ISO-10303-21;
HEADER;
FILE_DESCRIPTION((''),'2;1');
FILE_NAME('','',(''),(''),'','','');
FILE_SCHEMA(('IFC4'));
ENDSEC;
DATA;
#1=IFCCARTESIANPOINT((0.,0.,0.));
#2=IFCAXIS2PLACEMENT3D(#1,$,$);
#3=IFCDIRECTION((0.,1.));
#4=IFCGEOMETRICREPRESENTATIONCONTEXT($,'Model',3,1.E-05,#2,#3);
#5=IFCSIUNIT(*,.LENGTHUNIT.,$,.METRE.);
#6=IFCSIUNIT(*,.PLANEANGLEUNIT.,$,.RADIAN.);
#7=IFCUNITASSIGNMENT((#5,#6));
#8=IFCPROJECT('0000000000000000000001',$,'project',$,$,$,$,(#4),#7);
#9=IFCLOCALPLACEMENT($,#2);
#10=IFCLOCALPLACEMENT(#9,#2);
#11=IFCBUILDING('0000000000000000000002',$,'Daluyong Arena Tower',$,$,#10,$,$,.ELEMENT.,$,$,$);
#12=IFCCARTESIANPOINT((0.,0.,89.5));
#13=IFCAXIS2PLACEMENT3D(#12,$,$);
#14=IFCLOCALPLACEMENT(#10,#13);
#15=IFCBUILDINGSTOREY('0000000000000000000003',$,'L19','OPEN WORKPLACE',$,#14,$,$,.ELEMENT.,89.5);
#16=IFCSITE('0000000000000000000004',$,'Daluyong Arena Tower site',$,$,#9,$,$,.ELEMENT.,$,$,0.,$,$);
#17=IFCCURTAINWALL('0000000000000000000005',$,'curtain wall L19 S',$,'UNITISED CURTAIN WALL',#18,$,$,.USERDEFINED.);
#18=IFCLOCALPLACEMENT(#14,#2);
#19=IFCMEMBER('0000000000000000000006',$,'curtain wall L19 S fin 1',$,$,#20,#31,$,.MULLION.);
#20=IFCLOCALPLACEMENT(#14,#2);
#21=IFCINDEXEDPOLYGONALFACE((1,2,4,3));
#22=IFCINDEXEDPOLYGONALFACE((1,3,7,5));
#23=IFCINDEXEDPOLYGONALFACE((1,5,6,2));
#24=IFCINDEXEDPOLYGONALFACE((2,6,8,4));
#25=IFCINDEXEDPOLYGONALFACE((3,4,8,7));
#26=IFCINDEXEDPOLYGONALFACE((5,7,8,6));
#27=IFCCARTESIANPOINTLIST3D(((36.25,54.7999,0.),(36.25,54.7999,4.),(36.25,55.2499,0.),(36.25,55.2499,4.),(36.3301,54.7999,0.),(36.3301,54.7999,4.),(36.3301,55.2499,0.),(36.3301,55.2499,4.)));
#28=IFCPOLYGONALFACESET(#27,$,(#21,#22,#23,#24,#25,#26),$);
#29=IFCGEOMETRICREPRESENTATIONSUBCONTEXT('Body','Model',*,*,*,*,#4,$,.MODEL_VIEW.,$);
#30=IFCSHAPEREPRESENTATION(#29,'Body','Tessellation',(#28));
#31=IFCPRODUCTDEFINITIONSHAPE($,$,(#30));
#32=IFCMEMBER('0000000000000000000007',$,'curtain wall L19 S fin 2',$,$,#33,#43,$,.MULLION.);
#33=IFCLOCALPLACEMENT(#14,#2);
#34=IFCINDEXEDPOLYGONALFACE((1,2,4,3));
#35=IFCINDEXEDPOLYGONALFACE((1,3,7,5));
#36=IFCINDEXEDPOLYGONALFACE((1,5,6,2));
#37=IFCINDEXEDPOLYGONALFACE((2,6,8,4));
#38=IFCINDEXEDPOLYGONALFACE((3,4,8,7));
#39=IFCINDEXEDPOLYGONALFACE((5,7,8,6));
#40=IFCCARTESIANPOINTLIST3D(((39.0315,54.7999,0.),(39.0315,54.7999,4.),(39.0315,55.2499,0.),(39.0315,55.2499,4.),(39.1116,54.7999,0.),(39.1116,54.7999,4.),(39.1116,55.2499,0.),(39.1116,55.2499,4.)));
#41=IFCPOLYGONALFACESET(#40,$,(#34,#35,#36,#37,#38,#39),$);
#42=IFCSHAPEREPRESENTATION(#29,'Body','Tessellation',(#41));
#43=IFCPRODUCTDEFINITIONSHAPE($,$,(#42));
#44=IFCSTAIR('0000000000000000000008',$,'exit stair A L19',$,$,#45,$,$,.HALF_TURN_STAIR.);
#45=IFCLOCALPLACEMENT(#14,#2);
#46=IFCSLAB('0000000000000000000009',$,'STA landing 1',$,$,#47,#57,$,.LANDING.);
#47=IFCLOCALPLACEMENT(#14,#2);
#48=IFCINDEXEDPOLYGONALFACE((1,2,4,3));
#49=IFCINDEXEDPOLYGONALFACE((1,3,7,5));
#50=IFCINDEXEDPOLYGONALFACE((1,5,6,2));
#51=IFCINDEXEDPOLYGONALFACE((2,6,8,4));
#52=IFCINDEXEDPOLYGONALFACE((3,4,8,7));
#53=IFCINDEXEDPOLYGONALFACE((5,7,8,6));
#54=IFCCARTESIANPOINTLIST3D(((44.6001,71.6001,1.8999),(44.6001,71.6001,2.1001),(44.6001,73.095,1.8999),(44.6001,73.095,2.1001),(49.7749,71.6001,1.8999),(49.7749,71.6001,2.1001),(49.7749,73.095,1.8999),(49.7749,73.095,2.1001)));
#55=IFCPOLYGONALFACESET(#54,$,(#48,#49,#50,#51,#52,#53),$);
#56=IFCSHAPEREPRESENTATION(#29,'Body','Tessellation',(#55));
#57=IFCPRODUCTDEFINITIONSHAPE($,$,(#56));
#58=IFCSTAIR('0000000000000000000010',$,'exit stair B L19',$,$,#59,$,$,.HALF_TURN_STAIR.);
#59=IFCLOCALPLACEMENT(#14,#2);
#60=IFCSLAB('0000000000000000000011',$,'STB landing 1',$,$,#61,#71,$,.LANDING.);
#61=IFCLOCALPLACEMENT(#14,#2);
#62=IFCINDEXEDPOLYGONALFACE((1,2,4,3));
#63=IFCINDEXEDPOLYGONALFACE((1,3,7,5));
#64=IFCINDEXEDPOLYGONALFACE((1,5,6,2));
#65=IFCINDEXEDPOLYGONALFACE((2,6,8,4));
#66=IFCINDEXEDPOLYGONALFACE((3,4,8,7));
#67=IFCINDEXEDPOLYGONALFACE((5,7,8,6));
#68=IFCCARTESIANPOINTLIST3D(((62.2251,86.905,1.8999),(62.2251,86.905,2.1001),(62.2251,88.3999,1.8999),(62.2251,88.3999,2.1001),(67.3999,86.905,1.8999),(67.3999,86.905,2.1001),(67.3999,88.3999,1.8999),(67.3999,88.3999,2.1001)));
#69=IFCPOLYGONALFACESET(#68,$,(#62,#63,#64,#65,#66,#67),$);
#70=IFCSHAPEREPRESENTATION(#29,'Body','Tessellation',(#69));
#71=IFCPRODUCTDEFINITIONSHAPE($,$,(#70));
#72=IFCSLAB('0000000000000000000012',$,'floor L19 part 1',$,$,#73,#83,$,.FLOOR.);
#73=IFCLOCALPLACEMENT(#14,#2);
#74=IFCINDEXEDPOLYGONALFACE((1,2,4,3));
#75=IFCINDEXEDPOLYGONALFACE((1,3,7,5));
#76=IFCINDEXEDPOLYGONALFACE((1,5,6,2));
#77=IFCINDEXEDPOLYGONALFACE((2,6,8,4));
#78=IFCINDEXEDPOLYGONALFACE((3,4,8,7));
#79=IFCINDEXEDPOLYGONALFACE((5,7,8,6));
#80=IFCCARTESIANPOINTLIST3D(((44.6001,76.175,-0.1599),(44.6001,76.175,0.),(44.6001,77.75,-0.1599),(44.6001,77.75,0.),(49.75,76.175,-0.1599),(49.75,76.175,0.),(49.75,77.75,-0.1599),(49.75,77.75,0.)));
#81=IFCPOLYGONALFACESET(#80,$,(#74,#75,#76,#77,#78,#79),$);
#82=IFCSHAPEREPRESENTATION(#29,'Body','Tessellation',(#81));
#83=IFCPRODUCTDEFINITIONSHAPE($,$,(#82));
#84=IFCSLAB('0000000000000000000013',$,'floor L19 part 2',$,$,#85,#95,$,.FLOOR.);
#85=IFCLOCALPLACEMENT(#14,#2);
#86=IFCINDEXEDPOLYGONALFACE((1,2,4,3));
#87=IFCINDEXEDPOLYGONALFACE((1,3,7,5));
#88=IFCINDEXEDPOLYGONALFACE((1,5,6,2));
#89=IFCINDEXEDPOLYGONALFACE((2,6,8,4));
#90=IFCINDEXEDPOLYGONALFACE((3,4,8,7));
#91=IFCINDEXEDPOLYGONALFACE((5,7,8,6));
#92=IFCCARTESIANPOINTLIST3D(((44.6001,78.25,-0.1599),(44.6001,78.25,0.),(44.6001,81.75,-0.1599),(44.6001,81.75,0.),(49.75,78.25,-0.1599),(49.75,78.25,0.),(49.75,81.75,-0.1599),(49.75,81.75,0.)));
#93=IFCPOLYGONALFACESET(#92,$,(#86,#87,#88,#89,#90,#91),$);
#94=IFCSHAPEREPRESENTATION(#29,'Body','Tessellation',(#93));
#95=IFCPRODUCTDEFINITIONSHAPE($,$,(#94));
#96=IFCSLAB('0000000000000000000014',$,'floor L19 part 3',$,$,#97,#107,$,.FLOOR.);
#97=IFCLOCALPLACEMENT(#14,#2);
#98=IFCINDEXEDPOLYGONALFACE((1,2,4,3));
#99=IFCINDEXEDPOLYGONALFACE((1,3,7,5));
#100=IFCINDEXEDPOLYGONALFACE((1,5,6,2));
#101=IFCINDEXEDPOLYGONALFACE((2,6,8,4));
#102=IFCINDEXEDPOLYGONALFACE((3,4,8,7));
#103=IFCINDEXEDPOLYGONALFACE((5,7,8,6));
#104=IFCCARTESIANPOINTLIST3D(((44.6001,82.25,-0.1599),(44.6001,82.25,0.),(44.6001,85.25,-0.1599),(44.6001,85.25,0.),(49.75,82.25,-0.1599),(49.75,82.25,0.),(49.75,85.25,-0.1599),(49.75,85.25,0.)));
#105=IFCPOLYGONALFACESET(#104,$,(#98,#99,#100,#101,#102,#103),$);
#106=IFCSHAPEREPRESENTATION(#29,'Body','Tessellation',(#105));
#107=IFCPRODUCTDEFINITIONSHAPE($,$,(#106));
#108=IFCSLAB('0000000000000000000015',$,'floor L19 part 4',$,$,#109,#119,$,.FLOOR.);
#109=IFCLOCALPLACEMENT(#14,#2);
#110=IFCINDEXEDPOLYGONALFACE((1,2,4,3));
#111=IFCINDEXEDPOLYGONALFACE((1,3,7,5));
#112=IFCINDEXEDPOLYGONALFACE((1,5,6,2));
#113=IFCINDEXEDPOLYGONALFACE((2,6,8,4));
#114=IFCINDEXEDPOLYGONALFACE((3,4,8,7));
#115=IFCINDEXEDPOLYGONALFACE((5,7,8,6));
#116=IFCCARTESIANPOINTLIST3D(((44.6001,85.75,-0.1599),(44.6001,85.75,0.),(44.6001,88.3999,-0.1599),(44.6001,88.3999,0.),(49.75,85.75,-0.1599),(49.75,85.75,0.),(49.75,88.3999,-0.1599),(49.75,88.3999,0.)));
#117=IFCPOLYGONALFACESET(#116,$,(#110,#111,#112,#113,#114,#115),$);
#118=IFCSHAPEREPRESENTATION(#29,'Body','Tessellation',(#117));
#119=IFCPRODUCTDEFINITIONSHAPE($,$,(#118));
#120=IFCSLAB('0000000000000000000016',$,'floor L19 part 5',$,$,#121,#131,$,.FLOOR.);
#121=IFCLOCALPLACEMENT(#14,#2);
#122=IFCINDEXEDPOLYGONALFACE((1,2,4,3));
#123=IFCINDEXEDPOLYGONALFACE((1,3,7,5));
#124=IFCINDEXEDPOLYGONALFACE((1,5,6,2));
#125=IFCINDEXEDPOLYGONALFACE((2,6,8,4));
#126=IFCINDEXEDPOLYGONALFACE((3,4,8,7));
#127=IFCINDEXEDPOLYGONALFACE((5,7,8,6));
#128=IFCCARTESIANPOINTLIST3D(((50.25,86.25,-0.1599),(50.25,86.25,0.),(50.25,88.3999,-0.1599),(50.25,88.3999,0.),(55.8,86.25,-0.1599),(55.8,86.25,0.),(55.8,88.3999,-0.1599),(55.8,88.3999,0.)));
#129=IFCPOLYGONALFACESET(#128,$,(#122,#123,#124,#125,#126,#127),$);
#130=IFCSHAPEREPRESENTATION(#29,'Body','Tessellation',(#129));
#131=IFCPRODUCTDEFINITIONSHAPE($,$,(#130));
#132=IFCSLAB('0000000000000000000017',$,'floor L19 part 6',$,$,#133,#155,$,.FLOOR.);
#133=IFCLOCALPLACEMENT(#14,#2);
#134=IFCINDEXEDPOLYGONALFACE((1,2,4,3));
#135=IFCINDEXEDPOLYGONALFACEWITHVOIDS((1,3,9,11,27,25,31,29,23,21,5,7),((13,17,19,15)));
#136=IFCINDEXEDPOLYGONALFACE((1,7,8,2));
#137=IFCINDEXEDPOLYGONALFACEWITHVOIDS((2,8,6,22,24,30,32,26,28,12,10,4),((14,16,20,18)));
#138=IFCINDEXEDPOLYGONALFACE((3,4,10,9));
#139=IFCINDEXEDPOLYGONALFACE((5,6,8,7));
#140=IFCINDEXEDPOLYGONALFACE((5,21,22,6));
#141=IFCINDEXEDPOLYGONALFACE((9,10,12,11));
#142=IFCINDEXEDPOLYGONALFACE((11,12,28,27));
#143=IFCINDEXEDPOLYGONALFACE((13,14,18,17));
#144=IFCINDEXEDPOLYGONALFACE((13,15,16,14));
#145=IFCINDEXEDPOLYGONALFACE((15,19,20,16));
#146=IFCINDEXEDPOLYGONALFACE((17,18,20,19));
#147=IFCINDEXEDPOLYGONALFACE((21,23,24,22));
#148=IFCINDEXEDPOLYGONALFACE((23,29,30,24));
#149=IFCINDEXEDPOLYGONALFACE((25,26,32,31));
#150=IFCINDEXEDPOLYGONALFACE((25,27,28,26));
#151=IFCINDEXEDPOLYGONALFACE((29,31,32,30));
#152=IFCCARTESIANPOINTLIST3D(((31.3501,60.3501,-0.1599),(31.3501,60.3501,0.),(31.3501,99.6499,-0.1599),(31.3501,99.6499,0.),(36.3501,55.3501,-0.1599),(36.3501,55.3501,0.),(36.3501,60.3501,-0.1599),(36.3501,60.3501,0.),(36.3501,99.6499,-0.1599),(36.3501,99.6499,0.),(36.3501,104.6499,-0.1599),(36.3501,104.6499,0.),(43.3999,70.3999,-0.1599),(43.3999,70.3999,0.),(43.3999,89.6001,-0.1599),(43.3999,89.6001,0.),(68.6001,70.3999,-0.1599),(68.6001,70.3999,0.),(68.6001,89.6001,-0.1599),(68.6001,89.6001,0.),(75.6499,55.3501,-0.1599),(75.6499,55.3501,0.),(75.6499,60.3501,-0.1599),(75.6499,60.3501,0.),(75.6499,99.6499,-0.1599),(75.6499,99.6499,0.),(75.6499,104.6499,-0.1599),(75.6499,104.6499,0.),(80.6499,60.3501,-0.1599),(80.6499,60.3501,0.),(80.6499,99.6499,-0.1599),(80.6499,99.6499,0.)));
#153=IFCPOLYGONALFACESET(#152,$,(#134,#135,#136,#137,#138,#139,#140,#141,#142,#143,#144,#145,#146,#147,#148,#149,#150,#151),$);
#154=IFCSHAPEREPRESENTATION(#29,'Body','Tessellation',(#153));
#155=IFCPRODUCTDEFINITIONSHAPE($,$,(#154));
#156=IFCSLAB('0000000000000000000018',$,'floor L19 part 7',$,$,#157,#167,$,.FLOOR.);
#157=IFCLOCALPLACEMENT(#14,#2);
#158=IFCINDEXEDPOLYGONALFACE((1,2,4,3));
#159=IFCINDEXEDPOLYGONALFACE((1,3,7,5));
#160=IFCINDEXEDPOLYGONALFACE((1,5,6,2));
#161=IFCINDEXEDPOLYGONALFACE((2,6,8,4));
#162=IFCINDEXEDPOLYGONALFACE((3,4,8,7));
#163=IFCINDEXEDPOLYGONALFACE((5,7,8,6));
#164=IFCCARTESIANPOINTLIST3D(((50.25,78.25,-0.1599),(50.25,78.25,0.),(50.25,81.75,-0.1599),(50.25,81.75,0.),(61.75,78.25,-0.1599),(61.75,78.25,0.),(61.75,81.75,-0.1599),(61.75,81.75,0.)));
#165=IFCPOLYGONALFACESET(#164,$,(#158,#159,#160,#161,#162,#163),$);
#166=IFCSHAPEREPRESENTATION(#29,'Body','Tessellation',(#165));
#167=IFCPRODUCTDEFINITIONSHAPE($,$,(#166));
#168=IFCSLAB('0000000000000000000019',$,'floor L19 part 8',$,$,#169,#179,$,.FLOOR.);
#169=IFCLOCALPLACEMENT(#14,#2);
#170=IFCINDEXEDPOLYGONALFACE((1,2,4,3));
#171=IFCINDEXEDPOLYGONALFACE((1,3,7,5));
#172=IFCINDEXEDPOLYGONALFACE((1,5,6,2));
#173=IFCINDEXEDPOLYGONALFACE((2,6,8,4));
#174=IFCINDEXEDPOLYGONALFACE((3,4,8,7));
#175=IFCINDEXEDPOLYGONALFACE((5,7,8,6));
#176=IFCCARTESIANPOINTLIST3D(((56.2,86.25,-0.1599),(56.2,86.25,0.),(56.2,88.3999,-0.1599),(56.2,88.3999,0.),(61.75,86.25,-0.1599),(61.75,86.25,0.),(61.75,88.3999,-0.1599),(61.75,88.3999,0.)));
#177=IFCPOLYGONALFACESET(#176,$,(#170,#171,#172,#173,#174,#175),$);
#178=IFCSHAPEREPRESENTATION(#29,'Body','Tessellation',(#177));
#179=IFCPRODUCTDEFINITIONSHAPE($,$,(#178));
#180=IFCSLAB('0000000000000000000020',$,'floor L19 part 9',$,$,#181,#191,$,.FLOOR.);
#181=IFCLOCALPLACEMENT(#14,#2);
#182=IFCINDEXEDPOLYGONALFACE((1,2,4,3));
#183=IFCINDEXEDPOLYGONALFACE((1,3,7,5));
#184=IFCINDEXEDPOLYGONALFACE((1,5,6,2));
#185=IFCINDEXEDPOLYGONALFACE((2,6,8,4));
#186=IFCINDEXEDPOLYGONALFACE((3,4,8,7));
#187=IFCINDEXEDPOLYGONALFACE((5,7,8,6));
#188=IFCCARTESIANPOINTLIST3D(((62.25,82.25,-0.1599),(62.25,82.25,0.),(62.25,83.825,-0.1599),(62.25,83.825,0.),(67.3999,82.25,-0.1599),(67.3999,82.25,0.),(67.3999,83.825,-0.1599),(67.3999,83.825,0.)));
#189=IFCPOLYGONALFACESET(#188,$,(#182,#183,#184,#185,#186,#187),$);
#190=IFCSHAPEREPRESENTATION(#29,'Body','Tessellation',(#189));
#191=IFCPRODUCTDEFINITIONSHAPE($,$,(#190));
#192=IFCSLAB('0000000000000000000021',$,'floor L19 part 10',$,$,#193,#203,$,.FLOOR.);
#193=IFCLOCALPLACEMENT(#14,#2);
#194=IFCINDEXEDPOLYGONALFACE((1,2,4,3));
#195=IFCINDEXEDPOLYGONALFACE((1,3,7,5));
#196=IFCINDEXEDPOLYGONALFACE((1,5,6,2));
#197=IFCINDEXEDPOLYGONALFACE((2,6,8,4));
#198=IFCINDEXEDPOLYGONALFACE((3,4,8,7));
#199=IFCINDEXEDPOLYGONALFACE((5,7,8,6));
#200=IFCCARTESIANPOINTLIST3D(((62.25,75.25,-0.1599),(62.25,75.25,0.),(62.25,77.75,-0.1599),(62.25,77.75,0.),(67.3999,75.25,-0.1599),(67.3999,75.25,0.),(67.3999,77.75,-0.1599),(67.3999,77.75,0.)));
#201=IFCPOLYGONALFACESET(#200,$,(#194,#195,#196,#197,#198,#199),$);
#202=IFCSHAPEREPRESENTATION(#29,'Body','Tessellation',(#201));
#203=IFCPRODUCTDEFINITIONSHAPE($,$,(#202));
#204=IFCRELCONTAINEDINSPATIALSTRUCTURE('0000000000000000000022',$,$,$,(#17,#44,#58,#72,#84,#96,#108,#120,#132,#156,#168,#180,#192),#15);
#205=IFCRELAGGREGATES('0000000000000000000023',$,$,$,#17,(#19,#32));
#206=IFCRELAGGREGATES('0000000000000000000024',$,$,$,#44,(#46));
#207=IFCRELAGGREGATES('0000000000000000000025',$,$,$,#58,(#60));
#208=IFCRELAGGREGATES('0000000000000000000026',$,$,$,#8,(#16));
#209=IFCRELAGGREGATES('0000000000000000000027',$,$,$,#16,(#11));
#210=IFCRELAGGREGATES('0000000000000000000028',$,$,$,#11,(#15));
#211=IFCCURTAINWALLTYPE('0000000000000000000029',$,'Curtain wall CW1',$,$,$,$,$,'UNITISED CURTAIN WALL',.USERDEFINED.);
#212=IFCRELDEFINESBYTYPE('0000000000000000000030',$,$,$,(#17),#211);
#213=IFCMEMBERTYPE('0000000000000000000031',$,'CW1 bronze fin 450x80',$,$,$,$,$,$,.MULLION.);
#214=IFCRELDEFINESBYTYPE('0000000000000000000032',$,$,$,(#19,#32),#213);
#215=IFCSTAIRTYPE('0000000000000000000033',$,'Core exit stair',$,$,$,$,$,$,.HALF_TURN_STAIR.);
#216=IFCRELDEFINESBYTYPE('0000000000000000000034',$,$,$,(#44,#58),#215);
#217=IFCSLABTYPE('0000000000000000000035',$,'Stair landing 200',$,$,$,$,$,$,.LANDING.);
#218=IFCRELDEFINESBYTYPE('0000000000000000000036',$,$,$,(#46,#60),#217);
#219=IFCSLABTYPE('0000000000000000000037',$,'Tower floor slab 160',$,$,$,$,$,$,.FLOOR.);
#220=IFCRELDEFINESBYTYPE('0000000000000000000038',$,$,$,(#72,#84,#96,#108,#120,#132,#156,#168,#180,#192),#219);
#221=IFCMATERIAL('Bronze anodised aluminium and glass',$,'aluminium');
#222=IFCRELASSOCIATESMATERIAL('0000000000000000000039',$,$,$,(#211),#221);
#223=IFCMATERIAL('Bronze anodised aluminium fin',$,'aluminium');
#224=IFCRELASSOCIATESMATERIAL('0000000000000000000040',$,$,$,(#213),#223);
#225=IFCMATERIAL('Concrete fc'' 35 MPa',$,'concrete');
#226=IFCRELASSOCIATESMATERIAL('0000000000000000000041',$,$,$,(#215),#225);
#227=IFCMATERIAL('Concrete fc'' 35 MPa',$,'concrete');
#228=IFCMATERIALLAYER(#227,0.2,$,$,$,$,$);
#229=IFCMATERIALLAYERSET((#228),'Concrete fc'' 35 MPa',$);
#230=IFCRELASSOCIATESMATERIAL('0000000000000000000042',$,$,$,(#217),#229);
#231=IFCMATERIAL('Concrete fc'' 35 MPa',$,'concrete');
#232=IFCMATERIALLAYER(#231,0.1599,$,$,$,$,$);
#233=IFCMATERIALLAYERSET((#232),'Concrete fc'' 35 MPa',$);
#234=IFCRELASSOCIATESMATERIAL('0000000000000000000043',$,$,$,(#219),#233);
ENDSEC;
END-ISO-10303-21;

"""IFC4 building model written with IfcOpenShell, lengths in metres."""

from ifc_helpers import new_model, si_unit, direction, frame, origin, origin_2d, place, context, subcontext, project, spatial, polyline, rectangle, outline, extrude, material, layer, layer_set, material_profile, profile_set, type_object, element, aggregate, save


model = new_model("IFC4")

# Units and contexts
model_context = context("Model", 3, precision=1e-05, world=origin(), true_north=direction((0.0, 1.0)))
body_context = subcontext(model_context, "Body", "Model", "MODEL_VIEW")
ifc_project = project(units=[si_unit("LENGTHUNIT", "METRE"), si_unit("PLANEANGLEUNIT", "RADIAN")], contexts=[model_context])

# Site, building, storey
site_placement = place(None, origin())
site = spatial("IfcSite", under=ifc_project, at=site_placement, Name="Daluyong Arena Tower site", CompositionType="ELEMENT", RefElevation=0.0)
building_placement = place(site_placement, origin())
building = spatial("IfcBuilding", under=site, at=building_placement, Name="Daluyong Arena Tower", CompositionType="ELEMENT")
storey_placement = place(building_placement, frame((0.0, 0.0, 89.5)))
storey = spatial("IfcBuildingStorey", under=building, at=storey_placement, Name="L19", Description="OPEN WORKPLACE", CompositionType="ELEMENT", Elevation=89.5)

# Curtain wall, members
ifc_material_1 = material(Name="Bronze anodised aluminium and glass", Category="aluminium")
curtain_wall_type = type_object("IfcCurtainWallType", Name="Curtain wall CW1", ElementType="UNITISED CURTAIN WALL", PredefinedType="USERDEFINED", material=ifc_material_1)
curtain_wall_placement = place(storey_placement, origin())
curtain_wall = element("IfcCurtainWall", 1, at=curtain_wall_placement, inside=storey, type_object=curtain_wall_type, Name="curtain wall L19 S", ObjectType="UNITISED CURTAIN WALL", PredefinedType="USERDEFINED")
ifc_material_2 = material(Name="Bronze anodised aluminium fin", Category="aluminium")
ifc_material_profile = material_profile(ifc_material_2, rectangle(XDim=0.45, YDim=0.0801, at=origin_2d()))
ifc_profile_set = profile_set([ifc_material_profile], Name="Bronze anodised aluminium fin")
member_type = type_object("IfcMemberType", Name="CW1 bronze fin 450x80", PredefinedType="MULLION", material=ifc_profile_set)
member_1_placement = place(storey_placement, frame((36.29, 55.0249, 0.0), z_axis=(0.0, 0.0, 1.0), x_axis=(0.0, 1.0, 0.0)))
member_1 = element("IfcMember", 2, at=member_1_placement, type_object=member_type, Name="curtain wall L19 S fin 1", PredefinedType="MULLION", context=body_context, shape_type="SweptSolid", body=[
    extrude(rectangle(XDim=0.45, YDim=0.0801, at=origin_2d()), origin(), (0.0, 0.0, 1.0), 4.0),
])
member_2_placement = place(storey_placement, frame((39.0715, 55.0249, 0.0), z_axis=(0.0, 0.0, 1.0), x_axis=(0.0, 1.0, 0.0)))
member_2 = element("IfcMember", 3, at=member_2_placement, type_object=member_type, Name="curtain wall L19 S fin 2", PredefinedType="MULLION", context=body_context, shape_type="SweptSolid", body=[
    extrude(rectangle(XDim=0.45, YDim=0.0801, at=origin_2d()), origin(), (0.0, 0.0, 1.0), 4.0),
])
aggregate(curtain_wall, [member_1, member_2])

# Stairs, slabs
ifc_material_3 = material(Name="Concrete fc' 35 MPa", Category="concrete")
stair_type = type_object("IfcStairType", Name="Core exit stair", PredefinedType="HALF_TURN_STAIR", material=ifc_material_3)
stair_1_placement = place(storey_placement, origin())
stair_1 = element("IfcStair", 4, at=stair_1_placement, inside=storey, type_object=stair_type, Name="exit stair A L19", PredefinedType="HALF_TURN_STAIR")
ifc_material_4 = material(Name="Concrete fc' 35 MPa", Category="concrete")
ifc_layer_1 = layer(ifc_material_4, 0.2)
ifc_layer_set_1 = layer_set([ifc_layer_1], Name="Concrete fc' 35 MPa")
slab_type_1 = type_object("IfcSlabType", Name="Stair landing 200", PredefinedType="LANDING", material=ifc_layer_set_1)
slab_1_placement = place(storey_placement, frame((0.0, 0.0, 1.8999)))
slab_1 = element("IfcSlab", 5, at=slab_1_placement, type_object=slab_type_1, Name="STA landing 1", PredefinedType="LANDING", context=body_context, shape_type="SweptSolid", body=[
    extrude(outline(polyline([(44.6001, 71.6001), (49.7749, 71.6001), (49.7749, 73.095), (44.6001, 73.095), (44.6001, 71.6001)])), origin(), (0.0, 0.0, 1.0), 0.2002),
])
aggregate(stair_1, [slab_1])
stair_2_placement = place(storey_placement, origin())
stair_2 = element("IfcStair", 6, at=stair_2_placement, inside=storey, type_object=stair_type, Name="exit stair B L19", PredefinedType="HALF_TURN_STAIR")
slab_2_placement = place(storey_placement, frame((0.0, 0.0, 1.8999)))
slab_2 = element("IfcSlab", 7, at=slab_2_placement, type_object=slab_type_1, Name="STB landing 1", PredefinedType="LANDING", context=body_context, shape_type="SweptSolid", body=[
    extrude(outline(polyline([(62.2251, 86.905), (67.3999, 86.905), (67.3999, 88.3999), (62.2251, 88.3999), (62.2251, 86.905)])), origin(), (0.0, 0.0, 1.0), 0.2002),
])
aggregate(stair_2, [slab_2])

# Slabs
ifc_material_5 = material(Name="Concrete fc' 35 MPa", Category="concrete")
ifc_layer_2 = layer(ifc_material_5, 0.1599)
ifc_layer_set_2 = layer_set([ifc_layer_2], Name="Concrete fc' 35 MPa")
slab_type_2 = type_object("IfcSlabType", Name="Tower floor slab 160", PredefinedType="FLOOR", material=ifc_layer_set_2)
slab_3_placement = place(storey_placement, frame((0.0, 0.0, -0.1599)))
element("IfcSlab", 8, at=slab_3_placement, inside=storey, type_object=slab_type_2, Name="floor L19 part 1", PredefinedType="FLOOR", context=body_context, shape_type="SweptSolid", body=[
    extrude(outline(polyline([(49.75, 76.175), (49.75, 77.75), (44.6001, 77.75), (44.6001, 76.175), (49.75, 76.175)])), origin(), (0.0, 0.0, 1.0), 0.1599),
])
slab_4_placement = place(storey_placement, frame((0.0, 0.0, -0.1599)))
element("IfcSlab", 9, at=slab_4_placement, inside=storey, type_object=slab_type_2, Name="floor L19 part 2", PredefinedType="FLOOR", context=body_context, shape_type="SweptSolid", body=[
    extrude(outline(polyline([(49.75, 78.25), (49.75, 81.75), (44.6001, 81.75), (44.6001, 78.25), (49.75, 78.25)])), origin(), (0.0, 0.0, 1.0), 0.1599),
])
slab_5_placement = place(storey_placement, frame((0.0, 0.0, -0.1599)))
element("IfcSlab", 10, at=slab_5_placement, inside=storey, type_object=slab_type_2, Name="floor L19 part 3", PredefinedType="FLOOR", context=body_context, shape_type="SweptSolid", body=[
    extrude(outline(polyline([(49.75, 82.25), (49.75, 85.25), (44.6001, 85.25), (44.6001, 82.25), (49.75, 82.25)])), origin(), (0.0, 0.0, 1.0), 0.1599),
])
slab_6_placement = place(storey_placement, frame((0.0, 0.0, -0.1599)))
element("IfcSlab", 11, at=slab_6_placement, inside=storey, type_object=slab_type_2, Name="floor L19 part 4", PredefinedType="FLOOR", context=body_context, shape_type="SweptSolid", body=[
    extrude(outline(polyline([(44.6001, 88.3999), (44.6001, 85.75), (49.75, 85.75), (49.75, 88.3999), (44.6001, 88.3999)])), origin(), (0.0, 0.0, 1.0), 0.1599),
])
slab_7_placement = place(storey_placement, frame((0.0, 0.0, -0.1599)))
element("IfcSlab", 12, at=slab_7_placement, inside=storey, type_object=slab_type_2, Name="floor L19 part 5", PredefinedType="FLOOR", context=body_context, shape_type="SweptSolid", body=[
    extrude(outline(polyline([(50.25, 88.3999), (50.25, 86.25), (55.8, 86.25), (55.8, 88.3999), (50.25, 88.3999)])), origin(), (0.0, 0.0, 1.0), 0.1599),
])
slab_8_placement = place(storey_placement, frame((0.0, 0.0, -0.1599)))
element("IfcSlab", 13, at=slab_8_placement, inside=storey, type_object=slab_type_2, Name="floor L19 part 6", PredefinedType="FLOOR", context=body_context, shape_type="SweptSolid", body=[
    extrude(outline(polyline([(36.3501, 60.3501), (36.3501, 55.3501), (75.6499, 55.3501), (75.6499, 60.3501), (80.6499, 60.3501), (80.6499, 99.6499), (75.6499, 99.6499), (75.6499, 104.6499), (36.3501, 104.6499), (36.3501, 99.6499), (31.3501, 99.6499), (31.3501, 60.3501), (36.3501, 60.3501)]), holes=[polyline([(68.6001, 89.6001), (68.6001, 70.3999), (43.3999, 70.3999), (43.3999, 89.6001), (68.6001, 89.6001)])]), origin(), (0.0, 0.0, 1.0), 0.1599),
])
slab_9_placement = place(storey_placement, frame((0.0, 0.0, -0.1599)))
element("IfcSlab", 14, at=slab_9_placement, inside=storey, type_object=slab_type_2, Name="floor L19 part 7", PredefinedType="FLOOR", context=body_context, shape_type="SweptSolid", body=[
    extrude(outline(polyline([(61.75, 81.75), (50.25, 81.75), (50.25, 78.25), (61.75, 78.25), (61.75, 81.75)])), origin(), (0.0, 0.0, 1.0), 0.1599),
])
slab_10_placement = place(storey_placement, frame((0.0, 0.0, -0.1599)))
element("IfcSlab", 15, at=slab_10_placement, inside=storey, type_object=slab_type_2, Name="floor L19 part 8", PredefinedType="FLOOR", context=body_context, shape_type="SweptSolid", body=[
    extrude(outline(polyline([(56.2, 86.25), (61.75, 86.25), (61.75, 88.3999), (56.2, 88.3999), (56.2, 86.25)])), origin(), (0.0, 0.0, 1.0), 0.1599),
])
slab_11_placement = place(storey_placement, frame((0.0, 0.0, -0.1599)))
element("IfcSlab", 16, at=slab_11_placement, inside=storey, type_object=slab_type_2, Name="floor L19 part 9", PredefinedType="FLOOR", context=body_context, shape_type="SweptSolid", body=[
    extrude(outline(polyline([(67.3999, 82.25), (67.3999, 83.825), (62.25, 83.825), (62.25, 82.25), (67.3999, 82.25)])), origin(), (0.0, 0.0, 1.0), 0.1599),
])
slab_12_placement = place(storey_placement, frame((0.0, 0.0, -0.1599)))
element("IfcSlab", 17, at=slab_12_placement, inside=storey, type_object=slab_type_2, Name="floor L19 part 10", PredefinedType="FLOOR", context=body_context, shape_type="SweptSolid", body=[
    extrude(outline(polyline([(67.3999, 75.25), (67.3999, 77.75), (62.25, 77.75), (62.25, 75.25), (67.3999, 75.25)])), origin(), (0.0, 0.0, 1.0), 0.1599),
])

save(model, "model.ifc")
